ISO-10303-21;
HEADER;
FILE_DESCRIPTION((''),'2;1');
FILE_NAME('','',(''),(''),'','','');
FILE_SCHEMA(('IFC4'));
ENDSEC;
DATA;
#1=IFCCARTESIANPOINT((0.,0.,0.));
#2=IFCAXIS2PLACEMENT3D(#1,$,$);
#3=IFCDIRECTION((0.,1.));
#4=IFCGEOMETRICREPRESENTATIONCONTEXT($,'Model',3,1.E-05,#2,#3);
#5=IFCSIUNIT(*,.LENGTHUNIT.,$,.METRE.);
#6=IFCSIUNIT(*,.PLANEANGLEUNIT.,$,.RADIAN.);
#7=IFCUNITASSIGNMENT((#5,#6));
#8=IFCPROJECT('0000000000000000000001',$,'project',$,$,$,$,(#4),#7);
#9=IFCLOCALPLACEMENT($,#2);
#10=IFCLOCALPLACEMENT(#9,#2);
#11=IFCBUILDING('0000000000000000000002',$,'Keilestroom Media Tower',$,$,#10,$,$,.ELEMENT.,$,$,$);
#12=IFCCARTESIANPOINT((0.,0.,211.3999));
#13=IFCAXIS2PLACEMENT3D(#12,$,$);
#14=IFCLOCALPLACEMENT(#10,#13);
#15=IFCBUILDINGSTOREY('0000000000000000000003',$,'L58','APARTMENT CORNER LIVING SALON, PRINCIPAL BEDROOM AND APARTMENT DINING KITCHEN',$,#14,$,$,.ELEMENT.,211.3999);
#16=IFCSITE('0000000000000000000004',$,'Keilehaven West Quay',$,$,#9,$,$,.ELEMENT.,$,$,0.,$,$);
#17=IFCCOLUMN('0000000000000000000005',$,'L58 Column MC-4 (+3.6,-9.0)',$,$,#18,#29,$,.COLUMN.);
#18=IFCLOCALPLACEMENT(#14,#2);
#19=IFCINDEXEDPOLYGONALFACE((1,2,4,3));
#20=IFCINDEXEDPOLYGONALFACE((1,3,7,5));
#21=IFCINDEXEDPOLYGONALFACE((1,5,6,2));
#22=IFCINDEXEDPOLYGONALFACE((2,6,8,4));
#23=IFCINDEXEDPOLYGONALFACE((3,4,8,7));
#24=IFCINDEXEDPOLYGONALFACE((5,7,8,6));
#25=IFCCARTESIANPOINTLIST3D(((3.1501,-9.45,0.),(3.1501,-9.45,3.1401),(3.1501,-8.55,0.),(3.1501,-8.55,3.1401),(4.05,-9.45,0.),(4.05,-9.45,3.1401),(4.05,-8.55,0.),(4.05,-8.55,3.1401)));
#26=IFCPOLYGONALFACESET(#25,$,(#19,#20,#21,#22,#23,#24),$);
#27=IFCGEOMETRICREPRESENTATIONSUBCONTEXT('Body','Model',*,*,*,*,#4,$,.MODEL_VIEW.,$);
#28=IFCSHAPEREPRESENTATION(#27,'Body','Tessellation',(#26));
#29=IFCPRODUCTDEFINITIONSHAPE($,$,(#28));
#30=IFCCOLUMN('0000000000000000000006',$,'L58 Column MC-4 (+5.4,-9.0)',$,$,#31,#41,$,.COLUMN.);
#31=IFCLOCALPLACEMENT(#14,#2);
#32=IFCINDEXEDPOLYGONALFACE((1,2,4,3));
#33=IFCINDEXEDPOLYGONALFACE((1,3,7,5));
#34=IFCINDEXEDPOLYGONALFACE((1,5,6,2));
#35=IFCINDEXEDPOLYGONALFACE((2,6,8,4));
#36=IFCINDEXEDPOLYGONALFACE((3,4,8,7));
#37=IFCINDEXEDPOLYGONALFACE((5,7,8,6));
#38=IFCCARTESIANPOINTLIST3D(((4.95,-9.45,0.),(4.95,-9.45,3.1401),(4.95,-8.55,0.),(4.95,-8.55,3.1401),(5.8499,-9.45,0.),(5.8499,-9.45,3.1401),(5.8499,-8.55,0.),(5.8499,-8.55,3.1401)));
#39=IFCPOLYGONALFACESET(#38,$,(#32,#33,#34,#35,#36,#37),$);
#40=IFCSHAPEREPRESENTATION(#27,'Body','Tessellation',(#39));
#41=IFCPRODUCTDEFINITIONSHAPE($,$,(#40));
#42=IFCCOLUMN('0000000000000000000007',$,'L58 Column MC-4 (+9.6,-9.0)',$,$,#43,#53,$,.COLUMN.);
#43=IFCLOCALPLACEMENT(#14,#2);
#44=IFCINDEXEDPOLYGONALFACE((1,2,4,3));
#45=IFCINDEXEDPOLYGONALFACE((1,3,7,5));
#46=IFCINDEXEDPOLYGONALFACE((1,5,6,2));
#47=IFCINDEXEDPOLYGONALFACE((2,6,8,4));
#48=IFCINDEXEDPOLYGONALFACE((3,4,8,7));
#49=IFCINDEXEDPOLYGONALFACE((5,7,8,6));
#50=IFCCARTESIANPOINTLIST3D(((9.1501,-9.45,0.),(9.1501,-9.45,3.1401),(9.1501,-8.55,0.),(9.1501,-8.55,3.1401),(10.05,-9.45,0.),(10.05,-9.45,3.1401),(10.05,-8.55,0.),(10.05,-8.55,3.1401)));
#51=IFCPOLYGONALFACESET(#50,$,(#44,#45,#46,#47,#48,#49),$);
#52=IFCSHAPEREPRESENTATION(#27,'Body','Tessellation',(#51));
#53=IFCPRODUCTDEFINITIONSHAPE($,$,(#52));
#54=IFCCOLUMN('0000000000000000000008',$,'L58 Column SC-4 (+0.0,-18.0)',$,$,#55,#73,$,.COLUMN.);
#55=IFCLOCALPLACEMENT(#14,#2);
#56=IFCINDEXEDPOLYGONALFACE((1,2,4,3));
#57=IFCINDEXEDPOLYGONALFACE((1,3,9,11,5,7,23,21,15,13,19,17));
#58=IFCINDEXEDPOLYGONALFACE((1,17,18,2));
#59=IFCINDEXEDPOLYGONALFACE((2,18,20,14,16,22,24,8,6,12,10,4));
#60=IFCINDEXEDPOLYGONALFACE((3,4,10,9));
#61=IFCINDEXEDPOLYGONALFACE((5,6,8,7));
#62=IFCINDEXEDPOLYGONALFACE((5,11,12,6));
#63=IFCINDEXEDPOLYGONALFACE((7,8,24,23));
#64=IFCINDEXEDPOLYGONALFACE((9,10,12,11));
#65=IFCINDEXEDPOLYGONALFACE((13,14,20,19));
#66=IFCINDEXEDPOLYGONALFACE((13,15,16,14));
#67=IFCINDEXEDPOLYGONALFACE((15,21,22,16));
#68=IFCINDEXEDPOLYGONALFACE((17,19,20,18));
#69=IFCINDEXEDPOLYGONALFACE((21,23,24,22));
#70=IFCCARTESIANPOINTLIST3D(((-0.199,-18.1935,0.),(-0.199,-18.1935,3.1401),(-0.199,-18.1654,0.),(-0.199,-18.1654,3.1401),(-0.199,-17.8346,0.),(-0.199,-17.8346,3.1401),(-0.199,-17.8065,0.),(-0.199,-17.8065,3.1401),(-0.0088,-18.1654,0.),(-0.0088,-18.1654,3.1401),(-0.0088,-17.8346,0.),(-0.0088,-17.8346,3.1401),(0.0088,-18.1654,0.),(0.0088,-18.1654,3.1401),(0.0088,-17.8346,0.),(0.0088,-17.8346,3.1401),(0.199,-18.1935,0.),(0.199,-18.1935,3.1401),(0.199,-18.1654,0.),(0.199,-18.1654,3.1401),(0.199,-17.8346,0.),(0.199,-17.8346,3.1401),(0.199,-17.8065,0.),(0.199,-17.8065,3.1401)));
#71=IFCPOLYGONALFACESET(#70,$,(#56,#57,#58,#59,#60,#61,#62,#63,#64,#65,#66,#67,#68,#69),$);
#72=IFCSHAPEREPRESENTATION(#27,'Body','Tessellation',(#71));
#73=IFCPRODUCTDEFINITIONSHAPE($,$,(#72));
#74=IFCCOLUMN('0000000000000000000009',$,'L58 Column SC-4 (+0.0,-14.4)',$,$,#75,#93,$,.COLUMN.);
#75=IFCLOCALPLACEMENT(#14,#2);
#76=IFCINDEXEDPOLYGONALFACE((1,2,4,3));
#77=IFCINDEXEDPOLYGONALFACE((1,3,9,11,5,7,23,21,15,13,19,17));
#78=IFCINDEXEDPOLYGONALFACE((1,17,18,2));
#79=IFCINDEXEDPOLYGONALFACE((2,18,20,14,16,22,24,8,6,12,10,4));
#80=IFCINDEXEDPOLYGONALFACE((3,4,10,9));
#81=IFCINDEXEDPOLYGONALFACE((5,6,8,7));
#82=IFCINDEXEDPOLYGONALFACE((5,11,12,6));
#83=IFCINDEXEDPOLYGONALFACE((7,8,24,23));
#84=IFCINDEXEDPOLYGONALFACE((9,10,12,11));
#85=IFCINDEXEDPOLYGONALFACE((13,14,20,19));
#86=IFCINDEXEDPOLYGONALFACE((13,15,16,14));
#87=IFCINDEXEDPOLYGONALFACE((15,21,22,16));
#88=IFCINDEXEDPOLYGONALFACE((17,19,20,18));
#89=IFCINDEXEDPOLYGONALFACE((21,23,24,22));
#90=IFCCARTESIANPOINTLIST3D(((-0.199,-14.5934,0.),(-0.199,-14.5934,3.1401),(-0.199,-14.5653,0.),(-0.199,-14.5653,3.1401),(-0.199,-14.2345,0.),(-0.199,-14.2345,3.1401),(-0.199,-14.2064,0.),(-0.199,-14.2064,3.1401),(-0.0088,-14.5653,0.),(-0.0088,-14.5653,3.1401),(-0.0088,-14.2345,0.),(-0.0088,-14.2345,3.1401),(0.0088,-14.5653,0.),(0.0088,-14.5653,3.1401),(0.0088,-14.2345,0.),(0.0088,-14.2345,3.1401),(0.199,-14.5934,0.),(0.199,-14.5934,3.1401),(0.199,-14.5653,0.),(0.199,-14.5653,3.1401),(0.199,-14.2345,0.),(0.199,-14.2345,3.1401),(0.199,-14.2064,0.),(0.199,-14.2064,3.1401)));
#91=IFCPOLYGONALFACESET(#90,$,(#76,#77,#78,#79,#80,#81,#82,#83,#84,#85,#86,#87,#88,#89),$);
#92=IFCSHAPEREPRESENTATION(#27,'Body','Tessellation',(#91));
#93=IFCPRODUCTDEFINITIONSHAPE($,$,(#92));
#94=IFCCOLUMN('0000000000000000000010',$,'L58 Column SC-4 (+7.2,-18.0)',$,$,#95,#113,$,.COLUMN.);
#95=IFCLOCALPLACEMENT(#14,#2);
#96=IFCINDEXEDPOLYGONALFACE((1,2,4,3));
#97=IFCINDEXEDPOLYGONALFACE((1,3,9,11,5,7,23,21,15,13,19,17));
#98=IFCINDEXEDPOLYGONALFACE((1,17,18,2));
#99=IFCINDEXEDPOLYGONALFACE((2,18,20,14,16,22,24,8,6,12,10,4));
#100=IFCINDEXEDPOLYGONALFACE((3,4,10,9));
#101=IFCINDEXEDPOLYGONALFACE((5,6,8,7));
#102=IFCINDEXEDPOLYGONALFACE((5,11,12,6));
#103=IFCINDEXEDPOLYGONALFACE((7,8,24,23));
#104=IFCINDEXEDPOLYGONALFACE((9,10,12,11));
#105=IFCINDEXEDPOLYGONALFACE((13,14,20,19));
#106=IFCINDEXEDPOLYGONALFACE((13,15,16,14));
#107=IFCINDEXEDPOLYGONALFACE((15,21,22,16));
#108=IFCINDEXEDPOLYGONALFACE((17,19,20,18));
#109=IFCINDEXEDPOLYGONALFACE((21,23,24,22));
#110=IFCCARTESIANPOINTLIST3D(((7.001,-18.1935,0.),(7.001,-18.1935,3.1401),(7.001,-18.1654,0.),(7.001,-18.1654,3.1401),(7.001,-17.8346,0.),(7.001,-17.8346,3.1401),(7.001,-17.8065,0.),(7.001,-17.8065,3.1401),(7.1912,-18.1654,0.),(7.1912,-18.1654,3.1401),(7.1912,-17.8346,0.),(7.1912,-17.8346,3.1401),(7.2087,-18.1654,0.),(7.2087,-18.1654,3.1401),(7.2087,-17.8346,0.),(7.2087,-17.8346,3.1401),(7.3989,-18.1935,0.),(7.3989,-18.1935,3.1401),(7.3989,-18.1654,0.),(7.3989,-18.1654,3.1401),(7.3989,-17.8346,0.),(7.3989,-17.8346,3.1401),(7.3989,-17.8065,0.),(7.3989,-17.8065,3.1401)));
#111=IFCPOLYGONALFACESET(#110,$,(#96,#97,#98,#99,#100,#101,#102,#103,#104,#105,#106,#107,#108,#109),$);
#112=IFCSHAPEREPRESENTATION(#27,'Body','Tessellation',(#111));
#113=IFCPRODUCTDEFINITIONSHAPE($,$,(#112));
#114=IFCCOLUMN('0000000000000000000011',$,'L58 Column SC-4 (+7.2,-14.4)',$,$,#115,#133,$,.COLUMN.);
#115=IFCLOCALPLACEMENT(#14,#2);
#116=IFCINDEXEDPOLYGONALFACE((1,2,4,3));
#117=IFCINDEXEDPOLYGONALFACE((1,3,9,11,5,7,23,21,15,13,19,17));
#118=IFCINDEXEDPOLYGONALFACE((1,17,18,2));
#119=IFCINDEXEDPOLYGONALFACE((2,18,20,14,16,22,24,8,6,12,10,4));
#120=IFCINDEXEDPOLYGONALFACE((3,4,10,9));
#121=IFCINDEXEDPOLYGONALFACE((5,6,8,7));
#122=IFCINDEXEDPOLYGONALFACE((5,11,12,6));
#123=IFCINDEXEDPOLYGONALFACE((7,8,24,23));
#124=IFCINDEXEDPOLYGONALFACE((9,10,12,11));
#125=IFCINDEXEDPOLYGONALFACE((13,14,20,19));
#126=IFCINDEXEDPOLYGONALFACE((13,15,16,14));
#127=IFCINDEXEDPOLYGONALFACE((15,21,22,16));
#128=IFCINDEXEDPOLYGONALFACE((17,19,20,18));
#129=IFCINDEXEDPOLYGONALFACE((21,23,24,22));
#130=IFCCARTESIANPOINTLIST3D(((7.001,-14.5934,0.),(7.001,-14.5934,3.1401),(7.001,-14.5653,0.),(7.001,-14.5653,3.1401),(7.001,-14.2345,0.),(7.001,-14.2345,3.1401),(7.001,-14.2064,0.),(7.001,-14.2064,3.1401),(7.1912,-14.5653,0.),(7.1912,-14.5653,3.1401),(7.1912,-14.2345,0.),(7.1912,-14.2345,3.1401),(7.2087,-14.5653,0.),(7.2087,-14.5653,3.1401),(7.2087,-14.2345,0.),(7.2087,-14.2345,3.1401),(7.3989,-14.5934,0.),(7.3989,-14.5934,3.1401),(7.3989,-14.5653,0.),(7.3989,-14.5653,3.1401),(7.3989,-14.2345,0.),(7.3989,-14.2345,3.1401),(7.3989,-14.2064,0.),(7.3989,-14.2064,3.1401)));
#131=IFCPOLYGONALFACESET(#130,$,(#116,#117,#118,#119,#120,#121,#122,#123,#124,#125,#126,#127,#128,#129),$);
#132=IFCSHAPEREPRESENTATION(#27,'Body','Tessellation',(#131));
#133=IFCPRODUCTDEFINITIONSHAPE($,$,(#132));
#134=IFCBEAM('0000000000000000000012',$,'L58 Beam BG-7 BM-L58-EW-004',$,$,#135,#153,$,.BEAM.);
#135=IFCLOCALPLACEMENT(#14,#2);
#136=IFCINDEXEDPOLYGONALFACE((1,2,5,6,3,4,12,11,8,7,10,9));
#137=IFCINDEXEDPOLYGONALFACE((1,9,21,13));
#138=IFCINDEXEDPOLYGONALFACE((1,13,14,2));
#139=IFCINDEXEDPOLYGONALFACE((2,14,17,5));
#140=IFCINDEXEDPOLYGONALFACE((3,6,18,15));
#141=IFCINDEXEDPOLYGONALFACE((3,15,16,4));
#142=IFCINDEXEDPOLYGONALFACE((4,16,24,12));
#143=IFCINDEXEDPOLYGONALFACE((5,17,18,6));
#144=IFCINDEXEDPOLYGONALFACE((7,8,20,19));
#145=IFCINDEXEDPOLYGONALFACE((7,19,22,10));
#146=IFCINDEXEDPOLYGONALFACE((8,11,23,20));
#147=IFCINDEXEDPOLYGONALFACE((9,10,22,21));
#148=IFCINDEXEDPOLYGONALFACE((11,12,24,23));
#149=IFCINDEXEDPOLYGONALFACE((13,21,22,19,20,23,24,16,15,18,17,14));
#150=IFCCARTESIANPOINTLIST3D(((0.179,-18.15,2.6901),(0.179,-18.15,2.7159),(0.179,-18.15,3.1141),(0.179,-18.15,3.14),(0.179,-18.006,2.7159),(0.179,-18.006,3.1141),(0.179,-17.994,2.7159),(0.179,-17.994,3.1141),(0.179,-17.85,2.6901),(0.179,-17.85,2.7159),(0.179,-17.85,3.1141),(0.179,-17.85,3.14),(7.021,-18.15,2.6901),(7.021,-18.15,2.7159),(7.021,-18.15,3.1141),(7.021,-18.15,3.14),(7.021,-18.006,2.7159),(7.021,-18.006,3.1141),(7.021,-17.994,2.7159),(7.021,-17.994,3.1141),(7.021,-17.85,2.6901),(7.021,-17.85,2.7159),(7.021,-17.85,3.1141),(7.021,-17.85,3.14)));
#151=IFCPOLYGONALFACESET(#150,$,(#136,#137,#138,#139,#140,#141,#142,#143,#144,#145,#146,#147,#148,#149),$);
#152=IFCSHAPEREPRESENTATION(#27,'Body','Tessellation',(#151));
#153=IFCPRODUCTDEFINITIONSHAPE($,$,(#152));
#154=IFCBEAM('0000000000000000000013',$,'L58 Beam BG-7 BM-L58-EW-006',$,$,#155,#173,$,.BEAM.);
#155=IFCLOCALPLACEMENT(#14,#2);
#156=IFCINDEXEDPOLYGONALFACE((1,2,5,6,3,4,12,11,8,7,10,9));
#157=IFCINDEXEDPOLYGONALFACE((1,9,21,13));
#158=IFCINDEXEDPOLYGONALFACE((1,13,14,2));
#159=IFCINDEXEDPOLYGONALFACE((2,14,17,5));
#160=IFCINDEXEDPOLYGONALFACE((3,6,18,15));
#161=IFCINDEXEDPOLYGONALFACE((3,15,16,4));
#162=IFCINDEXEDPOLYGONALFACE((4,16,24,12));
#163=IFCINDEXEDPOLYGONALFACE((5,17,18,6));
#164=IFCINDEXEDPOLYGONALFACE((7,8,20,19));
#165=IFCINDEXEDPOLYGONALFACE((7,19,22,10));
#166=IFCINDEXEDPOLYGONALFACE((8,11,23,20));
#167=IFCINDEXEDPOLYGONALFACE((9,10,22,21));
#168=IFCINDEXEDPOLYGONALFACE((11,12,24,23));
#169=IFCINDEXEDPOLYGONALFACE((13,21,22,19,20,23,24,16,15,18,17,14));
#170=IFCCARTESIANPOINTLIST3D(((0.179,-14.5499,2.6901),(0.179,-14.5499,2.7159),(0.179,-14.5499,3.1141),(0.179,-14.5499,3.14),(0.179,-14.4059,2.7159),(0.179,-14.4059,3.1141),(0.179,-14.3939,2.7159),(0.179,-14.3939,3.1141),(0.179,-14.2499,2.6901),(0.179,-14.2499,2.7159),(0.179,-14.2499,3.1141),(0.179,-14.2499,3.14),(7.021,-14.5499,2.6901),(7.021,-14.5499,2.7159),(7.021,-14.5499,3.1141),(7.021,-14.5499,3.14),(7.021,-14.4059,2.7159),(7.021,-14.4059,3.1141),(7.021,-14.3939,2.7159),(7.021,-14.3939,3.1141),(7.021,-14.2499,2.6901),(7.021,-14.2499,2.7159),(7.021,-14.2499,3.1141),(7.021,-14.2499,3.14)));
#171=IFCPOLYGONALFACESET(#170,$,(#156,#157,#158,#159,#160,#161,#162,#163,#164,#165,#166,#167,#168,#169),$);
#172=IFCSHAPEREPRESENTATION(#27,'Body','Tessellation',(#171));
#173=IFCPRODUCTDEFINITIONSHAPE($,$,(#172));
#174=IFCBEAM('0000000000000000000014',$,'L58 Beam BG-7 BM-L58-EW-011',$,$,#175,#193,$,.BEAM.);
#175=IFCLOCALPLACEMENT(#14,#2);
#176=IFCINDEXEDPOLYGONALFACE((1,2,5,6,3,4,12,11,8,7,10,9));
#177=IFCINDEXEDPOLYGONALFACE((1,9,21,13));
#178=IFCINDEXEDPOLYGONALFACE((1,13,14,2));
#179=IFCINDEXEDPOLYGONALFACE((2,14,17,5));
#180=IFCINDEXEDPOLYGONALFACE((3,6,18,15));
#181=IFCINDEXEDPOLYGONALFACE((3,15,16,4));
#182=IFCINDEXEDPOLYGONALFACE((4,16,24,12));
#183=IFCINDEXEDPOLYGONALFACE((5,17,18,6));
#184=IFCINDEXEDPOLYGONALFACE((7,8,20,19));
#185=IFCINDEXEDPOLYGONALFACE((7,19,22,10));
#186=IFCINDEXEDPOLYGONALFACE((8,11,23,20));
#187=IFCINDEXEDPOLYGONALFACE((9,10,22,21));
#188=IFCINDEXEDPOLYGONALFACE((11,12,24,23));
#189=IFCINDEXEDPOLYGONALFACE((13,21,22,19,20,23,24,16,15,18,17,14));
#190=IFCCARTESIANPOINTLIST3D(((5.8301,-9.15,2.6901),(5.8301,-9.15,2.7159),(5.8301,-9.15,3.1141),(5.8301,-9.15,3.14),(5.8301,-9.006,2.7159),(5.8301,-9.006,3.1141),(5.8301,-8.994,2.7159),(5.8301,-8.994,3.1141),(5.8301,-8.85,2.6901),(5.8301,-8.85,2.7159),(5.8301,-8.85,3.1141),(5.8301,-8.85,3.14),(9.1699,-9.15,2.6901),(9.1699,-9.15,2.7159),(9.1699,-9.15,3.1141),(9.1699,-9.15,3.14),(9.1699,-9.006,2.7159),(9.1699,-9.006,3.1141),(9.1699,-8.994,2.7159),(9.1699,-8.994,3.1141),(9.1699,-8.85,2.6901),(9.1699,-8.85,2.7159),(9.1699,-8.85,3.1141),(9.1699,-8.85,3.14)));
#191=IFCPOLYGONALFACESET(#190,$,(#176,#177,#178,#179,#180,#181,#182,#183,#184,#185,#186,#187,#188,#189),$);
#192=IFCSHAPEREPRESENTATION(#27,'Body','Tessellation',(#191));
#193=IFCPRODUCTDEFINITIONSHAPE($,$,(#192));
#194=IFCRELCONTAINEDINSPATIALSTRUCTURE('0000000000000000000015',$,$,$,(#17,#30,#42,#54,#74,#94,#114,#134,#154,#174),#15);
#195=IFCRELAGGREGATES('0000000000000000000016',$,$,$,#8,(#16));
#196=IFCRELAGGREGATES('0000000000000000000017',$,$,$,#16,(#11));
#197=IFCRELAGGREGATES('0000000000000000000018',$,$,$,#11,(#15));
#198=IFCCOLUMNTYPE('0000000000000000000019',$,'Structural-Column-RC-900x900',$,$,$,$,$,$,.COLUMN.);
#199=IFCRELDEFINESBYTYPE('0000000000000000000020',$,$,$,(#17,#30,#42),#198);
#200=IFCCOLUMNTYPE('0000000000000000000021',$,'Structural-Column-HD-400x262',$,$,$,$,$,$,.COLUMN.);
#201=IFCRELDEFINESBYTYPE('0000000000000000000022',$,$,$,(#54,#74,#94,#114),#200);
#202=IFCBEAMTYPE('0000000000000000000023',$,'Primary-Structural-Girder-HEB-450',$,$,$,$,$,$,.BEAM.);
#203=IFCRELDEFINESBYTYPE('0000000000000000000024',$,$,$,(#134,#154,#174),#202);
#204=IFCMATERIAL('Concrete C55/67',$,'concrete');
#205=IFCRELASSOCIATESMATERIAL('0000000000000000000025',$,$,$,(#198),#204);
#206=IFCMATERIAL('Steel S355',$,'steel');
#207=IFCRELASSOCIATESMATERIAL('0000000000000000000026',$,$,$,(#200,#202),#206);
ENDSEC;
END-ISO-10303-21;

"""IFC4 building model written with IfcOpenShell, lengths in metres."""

from ifc_helpers import new_model, si_unit, direction, frame, origin, origin_2d, place, context, subcontext, project, spatial, rectangle, i_section, extrude, source, transform, mapped, material, material_profile, profile_set, type_object, element, save


model = new_model("IFC4")

# Units and contexts
model_context = context("Model", 3, precision=1e-05, world=origin(), true_north=direction((0.0, 1.0)))
body_context = subcontext(model_context, "Body", "Model", "MODEL_VIEW")
ifc_project = project(units=[si_unit("LENGTHUNIT", "METRE"), si_unit("PLANEANGLEUNIT", "RADIAN")], contexts=[model_context])

# Site, building, storey
site_placement = place(None, origin())
site = spatial("IfcSite", under=ifc_project, at=site_placement, Name="Keilehaven West Quay", CompositionType="ELEMENT", RefElevation=0.0)
building_placement = place(site_placement, origin())
building = spatial("IfcBuilding", under=site, at=building_placement, Name="Keilestroom Media Tower", CompositionType="ELEMENT")
storey_placement = place(building_placement, frame((0.0, 0.0, 211.3999)))
storey = spatial("IfcBuildingStorey", under=building, at=storey_placement, Name="L58", Description="APARTMENT CORNER LIVING SALON, PRINCIPAL BEDROOM AND APARTMENT DINING KITCHEN", CompositionType="ELEMENT", Elevation=211.3999)

# Columns
ifc_material_1 = material(Name="Concrete C55/67", Category="concrete")
ifc_material_profile_1 = material_profile(ifc_material_1, rectangle(XDim=0.8999, YDim=0.8999, at=origin_2d()), Name="RC 900x900")
ifc_profile_set_1 = profile_set([ifc_material_profile_1], Name="Concrete C55/67")
column_type_1 = type_object("IfcColumnType", Name="Structural-Column-RC-900x900", PredefinedType="COLUMN", material=ifc_profile_set_1)
shared_shape_1 = source(origin(), body_context, "Body", "SweptSolid", [
    extrude(rectangle(XDim=0.8999, YDim=0.8999, at=origin_2d()), origin(), (0.0, 0.0, 1.0), 3.1401),
])
for number, where, z_axis, x_axis, name in (
    (1, (3.6001, -9.0, 0.0), (0.0, 0.0, 1.0), (1.0, 0.0, 0.0), "L58 Column MC-4 (+3.6,-9.0)"),
    (2, (5.3999, -9.0, 0.0), (0.0, 0.0, 1.0), (1.0, 0.0, 0.0), "L58 Column MC-4 (+5.4,-9.0)"),
    (3, (9.6001, -9.0, 0.0), (0.0, 0.0, 1.0), (1.0, 0.0, 0.0), "L58 Column MC-4 (+9.6,-9.0)"),
):
    element("IfcColumn", number, at=place(storey_placement, frame(where, z_axis=z_axis, x_axis=x_axis)), inside=storey, type_object=column_type_1, Name=name, PredefinedType="COLUMN", context=body_context, shape_type="MappedRepresentation", body=[
        mapped(shared_shape_1, transform((0.0, 0.0, 0.0), x_axis=(1.0, 0.0, 0.0), y_axis=(0.0, 1.0, 0.0), z_axis=(0.0, 0.0, 1.0), scale=1.0)),
    ])
ifc_material_2 = material(Name="Steel S355", Category="steel")
ifc_material_profile_2 = material_profile(ifc_material_2, i_section(OverallWidth=0.3979, OverallDepth=0.387, WebThickness=0.0176, FlangeThickness=0.0281, at=origin_2d()), Name="HD 400x262")
ifc_profile_set_2 = profile_set([ifc_material_profile_2], Name="Steel S355")
column_type_2 = type_object("IfcColumnType", Name="Structural-Column-HD-400x262", PredefinedType="COLUMN", material=ifc_profile_set_2)
shared_shape_2 = source(origin(), body_context, "Body", "SweptSolid", [
    extrude(i_section(OverallWidth=0.3979, OverallDepth=0.387, WebThickness=0.0176, FlangeThickness=0.0281, at=origin_2d()), origin(), (0.0, 0.0, 1.0), 3.1401),
])
for number, where, z_axis, x_axis, name in (
    (4, (0.0, -18.0, 0.0), (0.0, 0.0, 1.0), (1.0, 0.0, 0.0), "L58 Column SC-4 (+0.0,-18.0)"),
    (5, (0.0, -14.3999, 0.0), (0.0, 0.0, 1.0), (1.0, 0.0, 0.0), "L58 Column SC-4 (+0.0,-14.4)"),
    (6, (7.2, -18.0, 0.0), (0.0, 0.0, 1.0), (1.0, 0.0, 0.0), "L58 Column SC-4 (+7.2,-18.0)"),
    (7, (7.2, -14.3999, 0.0), (0.0, 0.0, 1.0), (1.0, 0.0, 0.0), "L58 Column SC-4 (+7.2,-14.4)"),
):
    element("IfcColumn", number, at=place(storey_placement, frame(where, z_axis=z_axis, x_axis=x_axis)), inside=storey, type_object=column_type_2, Name=name, PredefinedType="COLUMN", context=body_context, shape_type="MappedRepresentation", body=[
        mapped(shared_shape_2, transform((0.0, 0.0, 0.0), x_axis=(1.0, 0.0, 0.0), y_axis=(0.0, 1.0, 0.0), z_axis=(0.0, 0.0, 1.0), scale=1.0)),
    ])

# Beams
ifc_material_profile_3 = material_profile(ifc_material_2, i_section(OverallWidth=0.3, OverallDepth=0.45, WebThickness=0.012, FlangeThickness=0.0259, at=origin_2d()), Name="HEB 450")
ifc_profile_set_3 = profile_set([ifc_material_profile_3], Name="Steel S355")
beam_type_1 = type_object("IfcBeamType", Name="Primary-Structural-Girder-HEB-450", PredefinedType="BEAM", material=ifc_profile_set_3)
shared_shape_3 = source(origin(), body_context, "Body", "SweptSolid", [
    extrude(i_section(OverallWidth=0.3, OverallDepth=0.45, WebThickness=0.012, FlangeThickness=0.0259, at=origin_2d()), origin(), (0.0, 0.0, 1.0), 6.842),
])
for number, where, z_axis, x_axis, name in (
    (8, (0.179, -18.0, 2.915), (1.0, 0.0, 0.0), (0.0, 1.0, 0.0), "L58 Beam BG-7 BM-L58-EW-004"),
    (9, (0.179, -14.3999, 2.915), (1.0, 0.0, 0.0), (0.0, 1.0, 0.0), "L58 Beam BG-7 BM-L58-EW-006"),
):
    element("IfcBeam", number, at=place(storey_placement, frame(where, z_axis=z_axis, x_axis=x_axis)), inside=storey, type_object=beam_type_1, Name=name, PredefinedType="BEAM", context=body_context, shape_type="MappedRepresentation", body=[
        mapped(shared_shape_3, transform((0.0, 0.0, 0.0), x_axis=(1.0, 0.0, 0.0), y_axis=(0.0, 1.0, 0.0), z_axis=(0.0, 0.0, 1.0), scale=1.0)),
    ])
shared_shape_4 = source(origin(), body_context, "Body", "SweptSolid", [
    extrude(i_section(OverallWidth=0.3, OverallDepth=0.45, WebThickness=0.012, FlangeThickness=0.0259, at=origin_2d()), origin(), (0.0, 0.0, 1.0), 3.3398),
])
beam_1_placement = place(storey_placement, frame((5.8301, -9.0, 2.915), z_axis=(1.0, 0.0, 0.0), x_axis=(0.0, 1.0, 0.0)))
element("IfcBeam", 10, at=beam_1_placement, inside=storey, type_object=beam_type_1, Name="L58 Beam BG-7 BM-L58-EW-011", PredefinedType="BEAM", context=body_context, shape_type="MappedRepresentation", body=[
    mapped(shared_shape_4, transform((0.0, 0.0, 0.0), x_axis=(1.0, 0.0, 0.0), y_axis=(0.0, 1.0, 0.0), z_axis=(0.0, 0.0, 1.0), scale=1.0)),
])

save(model, "model.ifc")
